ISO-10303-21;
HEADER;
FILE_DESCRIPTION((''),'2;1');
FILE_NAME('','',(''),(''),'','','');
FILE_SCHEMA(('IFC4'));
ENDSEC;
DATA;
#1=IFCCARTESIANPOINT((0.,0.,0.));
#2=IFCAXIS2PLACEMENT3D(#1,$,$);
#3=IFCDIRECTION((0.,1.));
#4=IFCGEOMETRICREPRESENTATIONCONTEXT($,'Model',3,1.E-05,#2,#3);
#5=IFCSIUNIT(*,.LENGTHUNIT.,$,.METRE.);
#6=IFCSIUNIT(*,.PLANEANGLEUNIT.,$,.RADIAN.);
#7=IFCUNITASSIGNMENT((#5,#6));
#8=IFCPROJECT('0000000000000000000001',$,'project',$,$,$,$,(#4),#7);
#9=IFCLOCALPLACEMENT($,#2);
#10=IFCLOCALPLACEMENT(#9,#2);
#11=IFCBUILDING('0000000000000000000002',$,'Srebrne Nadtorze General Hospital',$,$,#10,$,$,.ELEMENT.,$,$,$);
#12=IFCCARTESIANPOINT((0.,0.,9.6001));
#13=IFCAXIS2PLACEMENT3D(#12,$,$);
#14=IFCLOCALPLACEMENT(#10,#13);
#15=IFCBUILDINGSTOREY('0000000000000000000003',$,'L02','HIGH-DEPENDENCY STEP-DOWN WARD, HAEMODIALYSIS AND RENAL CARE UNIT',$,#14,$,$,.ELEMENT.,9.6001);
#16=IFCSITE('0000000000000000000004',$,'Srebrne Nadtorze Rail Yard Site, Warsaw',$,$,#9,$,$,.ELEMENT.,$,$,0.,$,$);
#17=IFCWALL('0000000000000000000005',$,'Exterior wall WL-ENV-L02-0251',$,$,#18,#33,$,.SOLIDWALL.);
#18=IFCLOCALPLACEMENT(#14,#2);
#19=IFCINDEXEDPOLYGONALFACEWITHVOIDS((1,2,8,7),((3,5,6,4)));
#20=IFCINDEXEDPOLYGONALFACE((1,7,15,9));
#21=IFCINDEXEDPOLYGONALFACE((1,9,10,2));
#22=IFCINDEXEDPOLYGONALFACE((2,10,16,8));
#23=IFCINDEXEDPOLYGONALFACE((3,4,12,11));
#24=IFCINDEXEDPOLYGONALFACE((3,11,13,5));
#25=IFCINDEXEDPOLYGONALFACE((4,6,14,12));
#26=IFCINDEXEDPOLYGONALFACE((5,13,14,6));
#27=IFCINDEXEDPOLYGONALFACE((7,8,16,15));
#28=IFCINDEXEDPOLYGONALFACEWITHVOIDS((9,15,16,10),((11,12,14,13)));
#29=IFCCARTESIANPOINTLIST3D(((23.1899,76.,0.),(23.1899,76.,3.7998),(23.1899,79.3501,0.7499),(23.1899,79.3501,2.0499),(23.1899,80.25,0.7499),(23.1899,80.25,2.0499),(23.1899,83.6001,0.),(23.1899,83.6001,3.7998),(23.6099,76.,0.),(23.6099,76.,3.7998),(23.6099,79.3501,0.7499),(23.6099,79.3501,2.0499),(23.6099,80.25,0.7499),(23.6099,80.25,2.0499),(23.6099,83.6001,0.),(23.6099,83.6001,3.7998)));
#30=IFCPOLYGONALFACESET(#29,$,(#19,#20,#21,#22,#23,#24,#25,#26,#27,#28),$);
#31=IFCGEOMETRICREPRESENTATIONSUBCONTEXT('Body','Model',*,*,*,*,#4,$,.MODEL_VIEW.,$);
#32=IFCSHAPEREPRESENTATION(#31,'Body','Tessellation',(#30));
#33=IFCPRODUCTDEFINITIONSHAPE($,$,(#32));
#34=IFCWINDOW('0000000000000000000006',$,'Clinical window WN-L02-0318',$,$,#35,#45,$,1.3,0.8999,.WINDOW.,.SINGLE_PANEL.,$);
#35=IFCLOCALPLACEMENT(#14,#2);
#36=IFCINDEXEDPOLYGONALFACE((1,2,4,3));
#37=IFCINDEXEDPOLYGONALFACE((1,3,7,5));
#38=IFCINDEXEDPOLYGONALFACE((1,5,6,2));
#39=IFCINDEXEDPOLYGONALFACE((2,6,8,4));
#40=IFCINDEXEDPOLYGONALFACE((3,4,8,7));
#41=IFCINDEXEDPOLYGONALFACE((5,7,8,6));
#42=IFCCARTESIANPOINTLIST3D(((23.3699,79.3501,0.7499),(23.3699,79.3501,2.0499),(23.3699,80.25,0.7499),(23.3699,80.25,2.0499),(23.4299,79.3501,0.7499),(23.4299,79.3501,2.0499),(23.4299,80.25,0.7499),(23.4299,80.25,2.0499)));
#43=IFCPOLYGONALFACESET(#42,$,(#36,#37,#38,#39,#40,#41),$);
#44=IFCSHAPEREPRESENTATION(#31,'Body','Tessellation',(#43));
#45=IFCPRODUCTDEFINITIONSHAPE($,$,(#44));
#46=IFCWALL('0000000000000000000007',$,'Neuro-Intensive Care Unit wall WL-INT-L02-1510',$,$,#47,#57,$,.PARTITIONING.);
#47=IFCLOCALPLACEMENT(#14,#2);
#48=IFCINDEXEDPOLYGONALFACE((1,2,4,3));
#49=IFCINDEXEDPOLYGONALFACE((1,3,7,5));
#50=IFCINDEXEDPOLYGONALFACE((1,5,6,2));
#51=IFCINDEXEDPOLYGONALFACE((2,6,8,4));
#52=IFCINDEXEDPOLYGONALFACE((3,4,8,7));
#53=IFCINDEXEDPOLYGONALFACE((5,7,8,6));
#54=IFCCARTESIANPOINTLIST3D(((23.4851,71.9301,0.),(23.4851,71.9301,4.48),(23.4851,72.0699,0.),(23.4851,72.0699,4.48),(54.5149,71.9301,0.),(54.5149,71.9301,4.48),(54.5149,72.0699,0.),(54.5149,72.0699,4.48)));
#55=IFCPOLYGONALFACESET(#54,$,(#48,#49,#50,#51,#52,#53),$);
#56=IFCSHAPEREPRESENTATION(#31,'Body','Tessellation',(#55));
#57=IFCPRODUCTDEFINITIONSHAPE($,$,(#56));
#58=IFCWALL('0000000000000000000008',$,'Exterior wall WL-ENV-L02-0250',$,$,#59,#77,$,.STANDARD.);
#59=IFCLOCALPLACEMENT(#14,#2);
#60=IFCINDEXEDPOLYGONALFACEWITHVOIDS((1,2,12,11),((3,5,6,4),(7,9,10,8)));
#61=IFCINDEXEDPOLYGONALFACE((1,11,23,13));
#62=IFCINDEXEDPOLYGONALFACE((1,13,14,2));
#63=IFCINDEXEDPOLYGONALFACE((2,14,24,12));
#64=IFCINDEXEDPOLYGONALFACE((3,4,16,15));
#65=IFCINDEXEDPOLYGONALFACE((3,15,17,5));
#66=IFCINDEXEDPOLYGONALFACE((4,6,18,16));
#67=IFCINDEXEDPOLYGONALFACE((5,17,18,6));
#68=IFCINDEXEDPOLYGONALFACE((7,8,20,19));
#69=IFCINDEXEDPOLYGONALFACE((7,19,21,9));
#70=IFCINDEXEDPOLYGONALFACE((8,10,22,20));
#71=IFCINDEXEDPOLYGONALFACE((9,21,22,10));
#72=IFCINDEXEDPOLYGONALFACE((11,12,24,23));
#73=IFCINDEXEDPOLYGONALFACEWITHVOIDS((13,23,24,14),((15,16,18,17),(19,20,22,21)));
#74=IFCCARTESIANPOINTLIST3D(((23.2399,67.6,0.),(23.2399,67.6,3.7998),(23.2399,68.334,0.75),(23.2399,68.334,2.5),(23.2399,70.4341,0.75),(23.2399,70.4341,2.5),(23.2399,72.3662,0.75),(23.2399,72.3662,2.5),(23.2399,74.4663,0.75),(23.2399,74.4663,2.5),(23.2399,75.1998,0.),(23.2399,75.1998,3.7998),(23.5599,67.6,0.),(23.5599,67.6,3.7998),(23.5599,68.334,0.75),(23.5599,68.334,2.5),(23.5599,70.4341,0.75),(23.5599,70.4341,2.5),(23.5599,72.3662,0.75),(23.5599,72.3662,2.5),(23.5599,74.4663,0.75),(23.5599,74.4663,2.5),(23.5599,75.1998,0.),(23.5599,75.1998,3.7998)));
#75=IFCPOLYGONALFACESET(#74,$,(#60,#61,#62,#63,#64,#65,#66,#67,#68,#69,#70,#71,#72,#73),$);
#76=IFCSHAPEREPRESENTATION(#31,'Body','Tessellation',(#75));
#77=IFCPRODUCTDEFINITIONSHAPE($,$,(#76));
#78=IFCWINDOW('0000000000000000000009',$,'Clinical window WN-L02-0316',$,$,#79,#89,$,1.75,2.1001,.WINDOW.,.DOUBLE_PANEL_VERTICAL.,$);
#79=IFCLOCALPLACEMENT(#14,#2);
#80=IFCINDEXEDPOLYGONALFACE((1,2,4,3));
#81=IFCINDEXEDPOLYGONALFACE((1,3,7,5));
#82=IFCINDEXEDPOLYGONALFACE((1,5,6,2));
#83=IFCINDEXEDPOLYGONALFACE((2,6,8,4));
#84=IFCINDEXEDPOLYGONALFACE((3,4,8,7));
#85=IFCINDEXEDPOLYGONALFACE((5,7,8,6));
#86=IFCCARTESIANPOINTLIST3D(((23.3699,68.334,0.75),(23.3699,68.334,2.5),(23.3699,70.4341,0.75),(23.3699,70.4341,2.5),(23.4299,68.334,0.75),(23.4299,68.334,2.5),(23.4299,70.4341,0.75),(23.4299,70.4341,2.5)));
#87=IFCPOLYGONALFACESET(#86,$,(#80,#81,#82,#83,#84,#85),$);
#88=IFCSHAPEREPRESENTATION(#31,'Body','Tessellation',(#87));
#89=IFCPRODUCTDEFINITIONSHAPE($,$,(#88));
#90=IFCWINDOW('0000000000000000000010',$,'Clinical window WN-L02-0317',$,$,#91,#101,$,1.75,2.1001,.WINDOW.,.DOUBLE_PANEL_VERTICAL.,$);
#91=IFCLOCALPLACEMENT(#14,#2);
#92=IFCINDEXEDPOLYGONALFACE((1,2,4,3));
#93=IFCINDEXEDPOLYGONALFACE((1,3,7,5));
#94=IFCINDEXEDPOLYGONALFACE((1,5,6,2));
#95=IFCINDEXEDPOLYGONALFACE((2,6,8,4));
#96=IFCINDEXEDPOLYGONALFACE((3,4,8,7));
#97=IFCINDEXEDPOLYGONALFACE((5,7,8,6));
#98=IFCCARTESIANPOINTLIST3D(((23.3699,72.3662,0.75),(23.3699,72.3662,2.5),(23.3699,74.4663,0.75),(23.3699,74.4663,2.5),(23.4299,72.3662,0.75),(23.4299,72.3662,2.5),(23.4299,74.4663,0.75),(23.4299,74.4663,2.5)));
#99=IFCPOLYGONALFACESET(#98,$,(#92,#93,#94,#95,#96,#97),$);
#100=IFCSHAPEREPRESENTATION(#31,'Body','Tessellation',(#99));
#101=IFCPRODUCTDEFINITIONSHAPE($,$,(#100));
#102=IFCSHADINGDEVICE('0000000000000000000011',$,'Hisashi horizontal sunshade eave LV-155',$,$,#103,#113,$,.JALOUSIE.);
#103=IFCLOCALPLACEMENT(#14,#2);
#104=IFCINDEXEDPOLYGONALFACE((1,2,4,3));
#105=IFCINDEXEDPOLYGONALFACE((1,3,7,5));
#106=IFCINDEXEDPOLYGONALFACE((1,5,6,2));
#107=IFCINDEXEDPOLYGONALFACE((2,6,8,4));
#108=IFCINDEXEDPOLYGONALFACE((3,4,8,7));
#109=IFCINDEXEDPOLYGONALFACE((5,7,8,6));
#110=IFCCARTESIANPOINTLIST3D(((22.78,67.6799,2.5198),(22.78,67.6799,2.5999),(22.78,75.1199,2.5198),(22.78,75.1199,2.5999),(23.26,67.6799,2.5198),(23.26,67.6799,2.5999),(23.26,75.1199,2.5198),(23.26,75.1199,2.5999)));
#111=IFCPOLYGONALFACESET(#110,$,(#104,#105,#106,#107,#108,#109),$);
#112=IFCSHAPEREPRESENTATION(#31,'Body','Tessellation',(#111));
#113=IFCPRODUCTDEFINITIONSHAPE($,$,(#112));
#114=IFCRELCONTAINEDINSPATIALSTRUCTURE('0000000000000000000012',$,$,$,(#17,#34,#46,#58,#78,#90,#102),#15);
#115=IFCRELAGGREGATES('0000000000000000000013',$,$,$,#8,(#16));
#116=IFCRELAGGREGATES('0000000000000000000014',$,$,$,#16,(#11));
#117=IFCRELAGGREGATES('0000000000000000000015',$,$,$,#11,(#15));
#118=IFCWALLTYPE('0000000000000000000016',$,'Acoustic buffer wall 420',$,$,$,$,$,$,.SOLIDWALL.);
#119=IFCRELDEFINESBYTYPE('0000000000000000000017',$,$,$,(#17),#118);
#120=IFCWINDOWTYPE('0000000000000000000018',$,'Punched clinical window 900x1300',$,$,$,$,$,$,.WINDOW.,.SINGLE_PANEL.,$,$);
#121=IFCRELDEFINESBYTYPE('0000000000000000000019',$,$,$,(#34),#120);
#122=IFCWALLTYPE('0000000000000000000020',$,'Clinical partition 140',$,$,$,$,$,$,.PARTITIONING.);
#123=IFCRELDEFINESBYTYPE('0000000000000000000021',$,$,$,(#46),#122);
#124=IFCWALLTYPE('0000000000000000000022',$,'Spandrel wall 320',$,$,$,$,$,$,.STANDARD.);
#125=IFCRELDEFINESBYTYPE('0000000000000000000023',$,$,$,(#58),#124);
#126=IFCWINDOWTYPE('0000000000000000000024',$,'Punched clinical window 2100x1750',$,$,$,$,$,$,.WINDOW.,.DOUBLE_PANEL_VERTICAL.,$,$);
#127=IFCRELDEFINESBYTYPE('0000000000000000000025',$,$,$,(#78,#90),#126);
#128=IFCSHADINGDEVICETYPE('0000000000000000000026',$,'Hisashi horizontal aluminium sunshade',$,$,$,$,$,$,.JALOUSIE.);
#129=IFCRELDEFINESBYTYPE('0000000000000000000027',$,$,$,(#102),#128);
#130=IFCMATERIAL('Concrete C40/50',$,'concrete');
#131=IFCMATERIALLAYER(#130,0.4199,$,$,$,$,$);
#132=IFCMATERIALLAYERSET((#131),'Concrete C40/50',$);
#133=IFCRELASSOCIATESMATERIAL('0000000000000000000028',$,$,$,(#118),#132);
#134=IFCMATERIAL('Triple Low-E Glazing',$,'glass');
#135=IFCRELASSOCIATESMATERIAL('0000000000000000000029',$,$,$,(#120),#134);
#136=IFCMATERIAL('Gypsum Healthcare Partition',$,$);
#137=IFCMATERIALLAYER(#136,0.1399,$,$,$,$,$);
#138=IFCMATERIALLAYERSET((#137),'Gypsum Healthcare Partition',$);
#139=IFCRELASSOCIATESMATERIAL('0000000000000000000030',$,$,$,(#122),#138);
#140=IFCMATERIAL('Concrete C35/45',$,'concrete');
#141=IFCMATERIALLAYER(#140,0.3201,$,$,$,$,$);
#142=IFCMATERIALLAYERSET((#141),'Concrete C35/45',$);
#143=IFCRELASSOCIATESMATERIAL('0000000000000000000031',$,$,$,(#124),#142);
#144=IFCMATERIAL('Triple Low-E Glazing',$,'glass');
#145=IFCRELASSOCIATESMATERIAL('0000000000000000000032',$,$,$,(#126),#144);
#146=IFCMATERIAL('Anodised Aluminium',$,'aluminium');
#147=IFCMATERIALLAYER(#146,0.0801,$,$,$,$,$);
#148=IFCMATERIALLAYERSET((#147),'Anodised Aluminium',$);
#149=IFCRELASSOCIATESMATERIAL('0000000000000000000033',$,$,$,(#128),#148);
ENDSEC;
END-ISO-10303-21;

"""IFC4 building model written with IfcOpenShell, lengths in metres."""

from ifc_helpers import new_model, si_unit, direction, frame, frame_2d, origin, origin_2d, place, context, subcontext, project, spatial, rectangle, extrude, material, layer, layer_set, type_object, element, fill, save


model = new_model("IFC4")

# Units and contexts
model_context = context("Model", 3, precision=1e-05, world=origin(), true_north=direction((0.0, 1.0)))
body_context = subcontext(model_context, "Body", "Model", "MODEL_VIEW")
ifc_project = project(units=[si_unit("LENGTHUNIT", "METRE"), si_unit("PLANEANGLEUNIT", "RADIAN")], contexts=[model_context])

# Site, building, storey
site_placement = place(None, origin())
site = spatial("IfcSite", under=ifc_project, at=site_placement, Name="Srebrne Nadtorze Rail Yard Site, Warsaw", CompositionType="ELEMENT", RefElevation=0.0)
building_placement = place(site_placement, origin())
building = spatial("IfcBuilding", under=site, at=building_placement, Name="Srebrne Nadtorze General Hospital", CompositionType="ELEMENT")
storey_placement = place(building_placement, frame((0.0, 0.0, 9.6001)))
storey = spatial("IfcBuildingStorey", under=building, at=storey_placement, Name="L02", Description="HIGH-DEPENDENCY STEP-DOWN WARD, HAEMODIALYSIS AND RENAL CARE UNIT", CompositionType="ELEMENT", Elevation=9.6001)

# Wall, opening, window
ifc_material_1 = material(Name="Concrete C40/50", Category="concrete")
ifc_layer_1 = layer(ifc_material_1, 0.4199)
ifc_layer_set_1 = layer_set([ifc_layer_1], Name="Concrete C40/50")
wall_type_1 = type_object("IfcWallType", Name="Acoustic buffer wall 420", PredefinedType="SOLIDWALL", material=ifc_layer_set_1)
wall_1_placement = place(storey_placement, frame((23.3999, 76.0, 0.0), z_axis=(0.0, 0.0, 1.0), x_axis=(0.0, 1.0, 0.0)))
wall_1 = element("IfcWall", 1, at=wall_1_placement, inside=storey, type_object=wall_type_1, Name="Exterior wall WL-ENV-L02-0251", PredefinedType="SOLIDWALL", context=body_context, shape_type="SweptSolid", body=[
    extrude(rectangle(XDim=7.6001, YDim=0.4199, at=frame_2d((3.8, 0.0))), origin(), (0.0, 0.0, 1.0), 3.7998),
])
opening_1_placement = place(wall_1_placement, frame((3.3501, 0.0, 0.75)))
opening_1 = element("IfcOpeningElement", 2, at=opening_1_placement, cuts=wall_1, PredefinedType="OPENING", context=body_context, shape_type="SweptSolid", body=[
    extrude(rectangle(XDim=0.8999, YDim=1.3, at=frame_2d((0.45, 0.6499))), frame((0.0, 0.2219, 0.0), z_axis=(0.0, -1.0, 0.0), x_axis=(1.0, 0.0, 0.0)), (0.0, 0.0, 1.0), 0.4438),
])
ifc_material_2 = material(Name="Triple Low-E Glazing", Category="glass")
window_type_1 = type_object("IfcWindowType", Name="Punched clinical window 900x1300", PartitioningType="SINGLE_PANEL", PredefinedType="WINDOW", material=ifc_material_2)
window_1_placement = place(opening_1_placement, origin())
window_1 = element("IfcWindow", 3, at=window_1_placement, inside=storey, type_object=window_type_1, Name="Clinical window WN-L02-0318", OverallHeight=1.3, OverallWidth=0.8999, PartitioningType="SINGLE_PANEL", PredefinedType="WINDOW", context=body_context, shape_type="SweptSolid", body=[
    extrude(rectangle(XDim=0.8999, YDim=1.3, at=frame_2d((0.45, 0.6499))), frame((0.0, 0.03, 0.0), z_axis=(0.0, -1.0, 0.0), x_axis=(1.0, 0.0, 0.0)), (0.0, 0.0, 1.0), 0.0601),
])
fill(opening_1, window_1)

# Wall
ifc_material_3 = material(Name="Gypsum Healthcare Partition")
ifc_layer_2 = layer(ifc_material_3, 0.1399)
ifc_layer_set_2 = layer_set([ifc_layer_2], Name="Gypsum Healthcare Partition")
wall_type_2 = type_object("IfcWallType", Name="Clinical partition 140", PredefinedType="PARTITIONING", material=ifc_layer_set_2)
wall_2_placement = place(storey_placement, frame((23.4851, 72.0, 0.0), z_axis=(0.0, 0.0, 1.0), x_axis=(1.0, 0.0, 0.0)))
element("IfcWall", 4, at=wall_2_placement, inside=storey, type_object=wall_type_2, Name="Neuro-Intensive Care Unit wall WL-INT-L02-1510", PredefinedType="PARTITIONING", context=body_context, shape_type="SweptSolid", body=[
    extrude(rectangle(XDim=31.0298, YDim=0.1399, at=frame_2d((15.5149, 0.0))), origin(), (0.0, 0.0, 1.0), 4.48),
])

# Wall, openings, windows
ifc_material_4 = material(Name="Concrete C35/45", Category="concrete")
ifc_layer_3 = layer(ifc_material_4, 0.3201)
ifc_layer_set_3 = layer_set([ifc_layer_3], Name="Concrete C35/45")
wall_type_3 = type_object("IfcWallType", Name="Spandrel wall 320", PredefinedType="STANDARD", material=ifc_layer_set_3)
wall_3_placement = place(storey_placement, frame((23.3999, 67.6001, 0.0), z_axis=(0.0, 0.0, 1.0), x_axis=(0.0, 1.0, 0.0)))
wall_3 = element("IfcWall", 5, at=wall_3_placement, inside=storey, type_object=wall_type_3, Name="Exterior wall WL-ENV-L02-0250", PredefinedType="STANDARD", context=body_context, shape_type="SweptSolid", body=[
    extrude(rectangle(XDim=7.5999, YDim=0.3201, at=frame_2d((3.7998, 0.0))), origin(), (0.0, 0.0, 1.0), 3.7998),
])
opening_2_placement = place(wall_3_placement, frame((0.7339, 0.0, 0.75)))
opening_2 = element("IfcOpeningElement", 6, at=opening_2_placement, cuts=wall_3, PredefinedType="OPENING", context=body_context, shape_type="SweptSolid", body=[
    extrude(rectangle(XDim=2.1001, YDim=1.75, at=frame_2d((1.05, 0.875))), frame((0.0, 0.1719, 0.0), z_axis=(0.0, -1.0, 0.0), x_axis=(1.0, 0.0, 0.0)), (0.0, 0.0, 1.0), 0.344),
])
opening_3_placement = place(wall_3_placement, frame((4.7661, 0.0, 0.75)))
opening_3 = element("IfcOpeningElement", 7, at=opening_3_placement, cuts=wall_3, PredefinedType="OPENING", context=body_context, shape_type="SweptSolid", body=[
    extrude(rectangle(XDim=2.1001, YDim=1.75, at=frame_2d((1.05, 0.875))), frame((0.0, 0.1719, 0.0), z_axis=(0.0, -1.0, 0.0), x_axis=(1.0, 0.0, 0.0)), (0.0, 0.0, 1.0), 0.344),
])
ifc_material_5 = material(Name="Triple Low-E Glazing", Category="glass")
window_type_2 = type_object("IfcWindowType", Name="Punched clinical window 2100x1750", PartitioningType="DOUBLE_PANEL_VERTICAL", PredefinedType="WINDOW", material=ifc_material_5)
window_2_placement = place(opening_2_placement, origin())
window_2 = element("IfcWindow", 8, at=window_2_placement, inside=storey, type_object=window_type_2, Name="Clinical window WN-L02-0316", OverallHeight=1.75, OverallWidth=2.1001, PartitioningType="DOUBLE_PANEL_VERTICAL", PredefinedType="WINDOW", context=body_context, shape_type="SweptSolid", body=[
    extrude(rectangle(XDim=2.1001, YDim=1.75, at=frame_2d((1.05, 0.875))), frame((0.0, 0.03, 0.0), z_axis=(0.0, -1.0, 0.0), x_axis=(1.0, 0.0, 0.0)), (0.0, 0.0, 1.0), 0.0601),
])
fill(opening_2, window_2)
window_3_placement = place(opening_3_placement, origin())
window_3 = element("IfcWindow", 9, at=window_3_placement, inside=storey, type_object=window_type_2, Name="Clinical window WN-L02-0317", OverallHeight=1.75, OverallWidth=2.1001, PartitioningType="DOUBLE_PANEL_VERTICAL", PredefinedType="WINDOW", context=body_context, shape_type="SweptSolid", body=[
    extrude(rectangle(XDim=2.1001, YDim=1.75, at=frame_2d((1.05, 0.875))), frame((0.0, 0.03, 0.0), z_axis=(0.0, -1.0, 0.0), x_axis=(1.0, 0.0, 0.0)), (0.0, 0.0, 1.0), 0.0601),
])
fill(opening_3, window_3)

# Shading device
ifc_material_6 = material(Name="Anodised Aluminium", Category="aluminium")
ifc_layer_4 = layer(ifc_material_6, 0.0801)
ifc_layer_set_4 = layer_set([ifc_layer_4], Name="Anodised Aluminium")
shading_device_type = type_object("IfcShadingDeviceType", Name="Hisashi horizontal aluminium sunshade", PredefinedType="JALOUSIE", material=ifc_layer_set_4)
shading_device_placement = place(storey_placement, frame((23.02, 71.3999, 2.5198), z_axis=(0.0, 0.0, 1.0), x_axis=(1.0, 0.0, 0.0)))
element("IfcShadingDevice", 10, at=shading_device_placement, inside=storey, type_object=shading_device_type, Name="Hisashi horizontal sunshade eave LV-155", PredefinedType="JALOUSIE", context=body_context, shape_type="SweptSolid", body=[
    extrude(rectangle(XDim=0.48, YDim=7.4399, at=origin_2d()), origin(), (0.0, 0.0, 1.0), 0.0801),
])

save(model, "model.ifc")
